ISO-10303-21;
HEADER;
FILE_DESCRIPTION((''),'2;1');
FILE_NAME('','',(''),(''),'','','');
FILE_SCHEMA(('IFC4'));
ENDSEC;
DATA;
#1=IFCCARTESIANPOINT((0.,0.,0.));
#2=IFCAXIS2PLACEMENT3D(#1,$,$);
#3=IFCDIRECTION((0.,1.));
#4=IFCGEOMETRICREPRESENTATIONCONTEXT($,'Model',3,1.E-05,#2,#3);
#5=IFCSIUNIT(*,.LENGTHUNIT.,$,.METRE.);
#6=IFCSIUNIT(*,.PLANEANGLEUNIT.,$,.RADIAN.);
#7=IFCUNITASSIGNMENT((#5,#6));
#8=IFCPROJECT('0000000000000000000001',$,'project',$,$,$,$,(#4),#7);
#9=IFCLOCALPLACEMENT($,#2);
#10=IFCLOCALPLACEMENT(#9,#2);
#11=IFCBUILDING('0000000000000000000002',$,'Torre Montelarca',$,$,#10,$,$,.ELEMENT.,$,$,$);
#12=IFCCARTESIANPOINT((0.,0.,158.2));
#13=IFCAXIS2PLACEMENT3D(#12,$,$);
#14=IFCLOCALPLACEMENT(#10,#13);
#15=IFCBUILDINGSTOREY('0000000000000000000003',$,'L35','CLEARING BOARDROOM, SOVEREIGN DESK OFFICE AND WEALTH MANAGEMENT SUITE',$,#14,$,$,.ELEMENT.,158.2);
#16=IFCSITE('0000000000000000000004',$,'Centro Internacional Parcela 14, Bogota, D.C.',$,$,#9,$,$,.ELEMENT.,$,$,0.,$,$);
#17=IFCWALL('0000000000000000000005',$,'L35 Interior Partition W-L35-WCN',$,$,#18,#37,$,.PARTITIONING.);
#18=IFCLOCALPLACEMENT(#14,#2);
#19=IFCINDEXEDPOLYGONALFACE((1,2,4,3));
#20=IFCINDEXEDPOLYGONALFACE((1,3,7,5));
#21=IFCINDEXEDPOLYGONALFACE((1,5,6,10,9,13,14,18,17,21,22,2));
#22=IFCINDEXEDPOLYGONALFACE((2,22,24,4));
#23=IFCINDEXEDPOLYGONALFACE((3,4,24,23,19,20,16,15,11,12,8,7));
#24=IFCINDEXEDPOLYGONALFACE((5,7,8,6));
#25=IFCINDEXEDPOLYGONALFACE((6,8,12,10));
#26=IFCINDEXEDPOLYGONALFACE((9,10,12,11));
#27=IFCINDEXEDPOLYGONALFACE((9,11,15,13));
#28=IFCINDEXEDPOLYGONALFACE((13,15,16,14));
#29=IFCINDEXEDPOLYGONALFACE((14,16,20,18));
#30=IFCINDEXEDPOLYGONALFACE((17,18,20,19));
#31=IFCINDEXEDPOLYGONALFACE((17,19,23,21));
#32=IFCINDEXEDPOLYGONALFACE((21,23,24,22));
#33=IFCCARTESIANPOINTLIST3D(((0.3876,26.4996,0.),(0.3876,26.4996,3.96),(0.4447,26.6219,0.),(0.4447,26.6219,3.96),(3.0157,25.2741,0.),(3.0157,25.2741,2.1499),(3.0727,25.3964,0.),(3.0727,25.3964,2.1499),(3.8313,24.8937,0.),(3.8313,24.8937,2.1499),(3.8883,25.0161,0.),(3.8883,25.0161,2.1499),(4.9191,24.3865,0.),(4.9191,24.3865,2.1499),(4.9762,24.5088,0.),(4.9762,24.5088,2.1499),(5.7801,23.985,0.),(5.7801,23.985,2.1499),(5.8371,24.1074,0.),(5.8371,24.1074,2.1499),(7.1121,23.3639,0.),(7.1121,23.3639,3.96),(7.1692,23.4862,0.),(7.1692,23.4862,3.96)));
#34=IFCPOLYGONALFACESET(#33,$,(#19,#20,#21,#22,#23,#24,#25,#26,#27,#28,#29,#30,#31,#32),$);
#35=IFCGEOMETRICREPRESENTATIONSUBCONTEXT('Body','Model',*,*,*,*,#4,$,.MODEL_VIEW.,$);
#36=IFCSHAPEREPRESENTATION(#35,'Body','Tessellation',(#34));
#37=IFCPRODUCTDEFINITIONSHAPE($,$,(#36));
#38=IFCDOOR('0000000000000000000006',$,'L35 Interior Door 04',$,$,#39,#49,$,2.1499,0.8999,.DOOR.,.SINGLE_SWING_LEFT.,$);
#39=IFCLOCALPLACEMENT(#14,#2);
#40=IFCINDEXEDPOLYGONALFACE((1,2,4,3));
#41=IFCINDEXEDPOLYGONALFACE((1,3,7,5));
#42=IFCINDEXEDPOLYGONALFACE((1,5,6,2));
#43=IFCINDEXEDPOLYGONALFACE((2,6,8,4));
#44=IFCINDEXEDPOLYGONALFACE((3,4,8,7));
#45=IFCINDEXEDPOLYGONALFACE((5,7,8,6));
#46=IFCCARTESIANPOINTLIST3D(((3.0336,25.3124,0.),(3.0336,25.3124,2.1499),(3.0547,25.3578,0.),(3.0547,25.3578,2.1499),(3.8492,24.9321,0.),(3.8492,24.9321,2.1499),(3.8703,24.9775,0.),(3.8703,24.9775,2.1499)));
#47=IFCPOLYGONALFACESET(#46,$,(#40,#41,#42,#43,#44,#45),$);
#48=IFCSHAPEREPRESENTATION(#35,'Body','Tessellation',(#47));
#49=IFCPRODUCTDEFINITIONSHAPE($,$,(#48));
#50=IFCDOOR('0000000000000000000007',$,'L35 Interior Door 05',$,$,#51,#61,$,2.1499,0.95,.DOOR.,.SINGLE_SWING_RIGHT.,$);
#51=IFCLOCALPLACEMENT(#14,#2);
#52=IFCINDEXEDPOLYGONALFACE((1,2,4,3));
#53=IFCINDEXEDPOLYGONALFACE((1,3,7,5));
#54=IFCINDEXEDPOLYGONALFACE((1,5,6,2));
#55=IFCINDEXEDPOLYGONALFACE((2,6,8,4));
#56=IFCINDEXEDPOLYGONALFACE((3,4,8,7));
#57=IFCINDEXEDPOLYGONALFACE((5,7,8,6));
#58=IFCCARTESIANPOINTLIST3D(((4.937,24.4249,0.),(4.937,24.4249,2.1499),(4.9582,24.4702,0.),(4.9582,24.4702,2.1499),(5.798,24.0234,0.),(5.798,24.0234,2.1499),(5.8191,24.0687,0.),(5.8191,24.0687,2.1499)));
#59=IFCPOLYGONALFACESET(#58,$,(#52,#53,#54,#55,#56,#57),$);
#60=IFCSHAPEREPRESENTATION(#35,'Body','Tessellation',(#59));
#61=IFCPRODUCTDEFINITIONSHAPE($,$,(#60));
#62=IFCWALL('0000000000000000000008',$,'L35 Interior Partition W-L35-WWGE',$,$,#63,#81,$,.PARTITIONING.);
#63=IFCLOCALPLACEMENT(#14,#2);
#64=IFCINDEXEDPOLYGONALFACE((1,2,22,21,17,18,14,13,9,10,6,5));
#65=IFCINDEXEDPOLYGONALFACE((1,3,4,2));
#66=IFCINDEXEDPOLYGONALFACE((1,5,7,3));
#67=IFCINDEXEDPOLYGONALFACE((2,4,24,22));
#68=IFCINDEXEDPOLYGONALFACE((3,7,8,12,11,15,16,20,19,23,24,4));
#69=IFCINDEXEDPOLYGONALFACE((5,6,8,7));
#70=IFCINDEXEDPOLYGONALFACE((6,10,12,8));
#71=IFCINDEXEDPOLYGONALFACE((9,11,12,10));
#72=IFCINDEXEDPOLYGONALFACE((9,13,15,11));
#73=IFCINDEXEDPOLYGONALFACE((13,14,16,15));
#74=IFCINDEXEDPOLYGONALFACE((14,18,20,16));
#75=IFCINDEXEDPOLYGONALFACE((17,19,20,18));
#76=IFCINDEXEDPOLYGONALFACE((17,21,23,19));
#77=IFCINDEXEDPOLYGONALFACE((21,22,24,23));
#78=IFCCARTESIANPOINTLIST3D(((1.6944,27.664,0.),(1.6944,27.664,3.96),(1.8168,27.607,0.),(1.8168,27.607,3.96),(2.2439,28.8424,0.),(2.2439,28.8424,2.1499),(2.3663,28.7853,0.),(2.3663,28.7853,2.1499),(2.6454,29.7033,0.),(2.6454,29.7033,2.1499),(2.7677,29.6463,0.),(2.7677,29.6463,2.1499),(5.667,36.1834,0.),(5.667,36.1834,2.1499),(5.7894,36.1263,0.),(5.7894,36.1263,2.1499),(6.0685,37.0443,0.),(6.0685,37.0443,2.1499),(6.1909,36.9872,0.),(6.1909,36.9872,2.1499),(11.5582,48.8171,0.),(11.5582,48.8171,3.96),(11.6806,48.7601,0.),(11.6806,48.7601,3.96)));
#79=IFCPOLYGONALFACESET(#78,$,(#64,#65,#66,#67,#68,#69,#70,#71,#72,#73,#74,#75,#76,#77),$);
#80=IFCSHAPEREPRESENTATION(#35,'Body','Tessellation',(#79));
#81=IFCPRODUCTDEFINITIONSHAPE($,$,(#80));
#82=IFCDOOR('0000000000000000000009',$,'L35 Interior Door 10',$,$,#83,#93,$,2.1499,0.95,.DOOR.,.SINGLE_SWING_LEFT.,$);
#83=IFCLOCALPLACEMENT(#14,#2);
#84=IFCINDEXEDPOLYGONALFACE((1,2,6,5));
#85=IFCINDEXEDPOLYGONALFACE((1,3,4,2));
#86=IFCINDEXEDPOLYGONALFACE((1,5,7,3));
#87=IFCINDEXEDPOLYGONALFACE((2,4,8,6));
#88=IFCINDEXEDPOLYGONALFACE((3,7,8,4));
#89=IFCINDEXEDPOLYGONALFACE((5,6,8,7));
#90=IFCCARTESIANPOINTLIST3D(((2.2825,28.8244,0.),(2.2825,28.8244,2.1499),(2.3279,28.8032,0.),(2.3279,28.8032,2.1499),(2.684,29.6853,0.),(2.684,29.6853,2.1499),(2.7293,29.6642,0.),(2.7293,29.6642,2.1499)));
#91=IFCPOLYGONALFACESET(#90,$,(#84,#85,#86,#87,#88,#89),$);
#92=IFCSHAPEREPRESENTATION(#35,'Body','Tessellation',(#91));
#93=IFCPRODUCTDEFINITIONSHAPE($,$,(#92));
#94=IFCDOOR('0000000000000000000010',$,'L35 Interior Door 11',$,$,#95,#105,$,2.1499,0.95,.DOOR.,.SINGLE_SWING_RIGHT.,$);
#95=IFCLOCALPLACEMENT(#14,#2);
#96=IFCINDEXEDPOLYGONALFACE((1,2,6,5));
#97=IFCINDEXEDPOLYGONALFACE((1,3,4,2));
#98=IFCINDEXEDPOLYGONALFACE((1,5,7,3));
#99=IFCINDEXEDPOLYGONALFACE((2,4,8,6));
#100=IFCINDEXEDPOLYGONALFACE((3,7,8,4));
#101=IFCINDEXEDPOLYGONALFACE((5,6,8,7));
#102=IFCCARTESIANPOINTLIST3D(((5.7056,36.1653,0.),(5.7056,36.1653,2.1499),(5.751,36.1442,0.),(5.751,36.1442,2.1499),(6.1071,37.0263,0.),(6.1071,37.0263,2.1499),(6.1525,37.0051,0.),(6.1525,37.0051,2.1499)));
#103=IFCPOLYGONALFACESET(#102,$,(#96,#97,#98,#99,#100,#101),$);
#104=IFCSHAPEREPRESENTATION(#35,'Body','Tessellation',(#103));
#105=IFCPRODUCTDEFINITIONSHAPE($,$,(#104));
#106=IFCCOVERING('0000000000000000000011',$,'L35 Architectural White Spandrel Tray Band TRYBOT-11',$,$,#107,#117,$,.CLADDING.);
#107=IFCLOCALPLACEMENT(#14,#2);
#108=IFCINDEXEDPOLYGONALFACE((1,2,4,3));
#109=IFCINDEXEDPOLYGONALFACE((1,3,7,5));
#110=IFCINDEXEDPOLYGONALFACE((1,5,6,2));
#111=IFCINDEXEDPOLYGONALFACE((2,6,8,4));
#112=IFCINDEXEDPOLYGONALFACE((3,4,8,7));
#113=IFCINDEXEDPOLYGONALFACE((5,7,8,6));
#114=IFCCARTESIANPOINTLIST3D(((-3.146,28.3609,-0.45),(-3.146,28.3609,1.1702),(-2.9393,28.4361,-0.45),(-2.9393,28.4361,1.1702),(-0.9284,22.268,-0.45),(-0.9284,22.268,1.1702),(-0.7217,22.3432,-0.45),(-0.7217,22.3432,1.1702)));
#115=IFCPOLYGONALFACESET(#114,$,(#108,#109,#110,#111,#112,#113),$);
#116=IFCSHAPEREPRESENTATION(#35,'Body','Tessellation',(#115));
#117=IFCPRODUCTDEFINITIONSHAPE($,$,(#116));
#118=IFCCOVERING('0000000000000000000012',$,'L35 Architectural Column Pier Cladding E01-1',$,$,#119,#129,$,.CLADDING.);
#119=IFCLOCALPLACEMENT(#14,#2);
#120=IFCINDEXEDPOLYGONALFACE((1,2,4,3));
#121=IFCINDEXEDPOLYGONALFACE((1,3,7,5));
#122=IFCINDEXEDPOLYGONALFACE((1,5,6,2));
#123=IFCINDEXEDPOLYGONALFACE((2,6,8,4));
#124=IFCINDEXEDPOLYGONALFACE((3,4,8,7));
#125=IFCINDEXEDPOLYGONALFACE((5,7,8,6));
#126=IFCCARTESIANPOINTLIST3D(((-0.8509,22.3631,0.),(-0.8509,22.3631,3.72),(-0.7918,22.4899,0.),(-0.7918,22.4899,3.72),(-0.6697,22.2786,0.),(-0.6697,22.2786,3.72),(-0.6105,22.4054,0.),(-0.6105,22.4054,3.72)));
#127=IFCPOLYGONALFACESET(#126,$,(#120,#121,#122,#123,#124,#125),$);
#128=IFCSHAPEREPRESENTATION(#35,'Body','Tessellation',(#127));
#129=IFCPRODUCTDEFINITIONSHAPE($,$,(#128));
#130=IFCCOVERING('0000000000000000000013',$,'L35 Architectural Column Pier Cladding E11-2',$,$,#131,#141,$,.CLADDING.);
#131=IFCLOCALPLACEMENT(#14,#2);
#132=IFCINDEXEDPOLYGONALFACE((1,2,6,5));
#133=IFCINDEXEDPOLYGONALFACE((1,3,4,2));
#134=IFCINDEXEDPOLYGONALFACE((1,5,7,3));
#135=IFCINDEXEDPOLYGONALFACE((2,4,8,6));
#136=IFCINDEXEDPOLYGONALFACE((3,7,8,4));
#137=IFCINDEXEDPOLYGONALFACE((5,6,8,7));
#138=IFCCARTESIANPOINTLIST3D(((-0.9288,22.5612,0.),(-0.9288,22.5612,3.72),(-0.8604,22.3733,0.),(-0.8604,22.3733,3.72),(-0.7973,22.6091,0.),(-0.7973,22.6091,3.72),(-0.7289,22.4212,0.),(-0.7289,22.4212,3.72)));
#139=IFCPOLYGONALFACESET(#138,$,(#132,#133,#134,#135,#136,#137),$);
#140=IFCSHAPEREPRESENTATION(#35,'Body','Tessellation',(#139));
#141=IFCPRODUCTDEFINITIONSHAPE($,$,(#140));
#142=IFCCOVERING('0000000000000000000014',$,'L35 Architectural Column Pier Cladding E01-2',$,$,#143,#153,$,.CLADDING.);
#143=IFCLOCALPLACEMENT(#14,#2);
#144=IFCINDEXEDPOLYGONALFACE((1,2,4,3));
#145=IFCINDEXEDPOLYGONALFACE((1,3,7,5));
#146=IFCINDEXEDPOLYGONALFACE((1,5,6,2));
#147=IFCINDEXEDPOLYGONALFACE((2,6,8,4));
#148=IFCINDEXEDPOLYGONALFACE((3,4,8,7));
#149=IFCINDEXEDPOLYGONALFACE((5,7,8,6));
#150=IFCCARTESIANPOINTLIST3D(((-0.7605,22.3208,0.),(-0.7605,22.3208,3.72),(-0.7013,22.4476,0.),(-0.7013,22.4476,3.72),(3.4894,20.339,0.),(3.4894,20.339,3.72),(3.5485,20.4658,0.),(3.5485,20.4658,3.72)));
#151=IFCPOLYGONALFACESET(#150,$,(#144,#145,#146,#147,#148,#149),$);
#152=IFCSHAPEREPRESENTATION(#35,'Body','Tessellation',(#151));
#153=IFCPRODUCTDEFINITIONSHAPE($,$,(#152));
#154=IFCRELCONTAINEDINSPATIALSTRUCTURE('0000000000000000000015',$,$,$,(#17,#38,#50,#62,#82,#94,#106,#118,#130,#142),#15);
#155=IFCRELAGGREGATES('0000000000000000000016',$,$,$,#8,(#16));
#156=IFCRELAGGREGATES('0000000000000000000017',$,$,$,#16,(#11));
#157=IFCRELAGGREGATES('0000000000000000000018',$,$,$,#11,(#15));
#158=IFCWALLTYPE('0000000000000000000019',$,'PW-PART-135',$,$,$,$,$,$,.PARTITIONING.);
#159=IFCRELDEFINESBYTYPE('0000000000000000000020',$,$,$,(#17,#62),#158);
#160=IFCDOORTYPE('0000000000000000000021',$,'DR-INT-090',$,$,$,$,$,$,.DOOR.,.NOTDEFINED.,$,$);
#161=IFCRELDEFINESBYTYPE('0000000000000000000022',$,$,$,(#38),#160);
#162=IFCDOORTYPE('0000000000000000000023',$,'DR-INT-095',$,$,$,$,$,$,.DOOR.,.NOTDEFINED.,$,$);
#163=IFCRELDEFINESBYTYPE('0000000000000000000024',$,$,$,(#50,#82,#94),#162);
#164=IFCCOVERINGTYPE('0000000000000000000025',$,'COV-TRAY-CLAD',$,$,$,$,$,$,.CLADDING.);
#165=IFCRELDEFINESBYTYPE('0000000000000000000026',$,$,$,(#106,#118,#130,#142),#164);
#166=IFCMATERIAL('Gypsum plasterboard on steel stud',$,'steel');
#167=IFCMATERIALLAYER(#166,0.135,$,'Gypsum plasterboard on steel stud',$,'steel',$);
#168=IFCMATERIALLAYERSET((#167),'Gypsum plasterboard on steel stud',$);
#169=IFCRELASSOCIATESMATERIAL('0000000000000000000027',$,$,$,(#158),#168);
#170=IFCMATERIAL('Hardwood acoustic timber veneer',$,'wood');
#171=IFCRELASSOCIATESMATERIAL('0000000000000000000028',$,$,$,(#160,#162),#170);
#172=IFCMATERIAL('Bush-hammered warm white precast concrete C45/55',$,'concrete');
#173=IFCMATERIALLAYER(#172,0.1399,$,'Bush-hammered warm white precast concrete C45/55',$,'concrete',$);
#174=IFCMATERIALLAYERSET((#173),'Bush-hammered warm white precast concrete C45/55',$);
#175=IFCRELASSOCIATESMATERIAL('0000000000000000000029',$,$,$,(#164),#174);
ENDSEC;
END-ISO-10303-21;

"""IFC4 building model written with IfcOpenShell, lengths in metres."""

from ifc_helpers import new_model, si_unit, direction, frame, frame_2d, origin, origin_2d, place, context, subcontext, project, spatial, rectangle, extrude, source, transform, mapped, material, layer, layer_set, type_object, element, fill, save


model = new_model("IFC4")

# Units and contexts
model_context = context("Model", 3, precision=1e-05, world=origin(), true_north=direction((0.0, 1.0)))
body_context = subcontext(model_context, "Body", "Model", "MODEL_VIEW")
ifc_project = project(units=[si_unit("LENGTHUNIT", "METRE"), si_unit("PLANEANGLEUNIT", "RADIAN")], contexts=[model_context])

# Site, building, storey
site_placement = place(None, origin())
site = spatial("IfcSite", under=ifc_project, at=site_placement, Name="Centro Internacional Parcela 14, Bogota, D.C.", CompositionType="ELEMENT", RefElevation=0.0)
building_placement = place(site_placement, origin())
building = spatial("IfcBuilding", under=site, at=building_placement, Name="Torre Montelarca", CompositionType="ELEMENT")
storey_placement = place(building_placement, frame((0.0, 0.0, 158.2)))
storey = spatial("IfcBuildingStorey", under=building, at=storey_placement, Name="L35", Description="CLEARING BOARDROOM, SOVEREIGN DESK OFFICE AND WEALTH MANAGEMENT SUITE", CompositionType="ELEMENT", Elevation=158.2)

# Shared definitions
ifc_material_1 = material(Name="Gypsum plasterboard on steel stud", Category="steel")

# Walls, openings, doors
ifc_layer_1 = layer(ifc_material_1, 0.135, Name="Gypsum plasterboard on steel stud", Category="steel")
ifc_layer_set_1 = layer_set([ifc_layer_1], Name="Gypsum plasterboard on steel stud")
wall_type_1 = type_object("IfcWallType", Name="PW-PART-135", PredefinedType="PARTITIONING", material=ifc_layer_set_1)
wall_1_placement = place(storey_placement, frame((0.416, 26.5608, 0.0), z_axis=(0.0, 0.0, 1.0), x_axis=(0.906308, -0.422619, 0.0)))
wall_1 = element("IfcWall", 1, at=wall_1_placement, inside=storey, type_object=wall_type_1, Name="L35 Interior Partition W-L35-WCN", PredefinedType="PARTITIONING", context=body_context, shape_type="SweptSolid", body=[
    extrude(rectangle(XDim=7.4197, YDim=0.135, at=frame_2d((3.71, 0.0))), origin(), (0.0, 0.0, 1.0), 3.96),
])
opening_1_placement = place(wall_1_placement, frame((2.8999, 0.0, 0.0)))
opening_1 = element("IfcOpeningElement", 2, at=opening_1_placement, cuts=wall_1, PredefinedType="OPENING", context=body_context, shape_type="SweptSolid", body=[
    extrude(rectangle(XDim=0.8999, YDim=2.1499, at=frame_2d((0.45, 1.075))), frame((0.0, 0.0776, 0.0), z_axis=(0.0, -1.0, 0.0), x_axis=(1.0, 0.0, 0.0)), (0.0, 0.0, 1.0), 0.155),
])
opening_2_placement = place(wall_1_placement, frame((5.0, 0.0, 0.0)))
opening_2 = element("IfcOpeningElement", 3, at=opening_2_placement, cuts=wall_1, PredefinedType="OPENING", context=body_context, shape_type="SweptSolid", body=[
    extrude(rectangle(XDim=0.95, YDim=2.1499, at=frame_2d((0.4751, 1.075))), frame((0.0, 0.0776, 0.0), z_axis=(0.0, -1.0, 0.0), x_axis=(1.0, 0.0, 0.0)), (0.0, 0.0, 1.0), 0.155),
])
ifc_material_2 = material(Name="Hardwood acoustic timber veneer", Category="wood")
door_type_1 = type_object("IfcDoorType", Name="DR-INT-090", OperationType="NOTDEFINED", PredefinedType="DOOR", material=ifc_material_2)
shared_shape_1 = source(origin(), body_context, "Body", "SweptSolid", [
    extrude(rectangle(XDim=0.8999, YDim=2.1499, at=frame_2d((0.45, 1.075))), frame((0.0, 0.0249, 0.0), z_axis=(0.0, -1.0, 0.0), x_axis=(1.0, 0.0, 0.0)), (0.0, 0.0, 1.0), 0.05),
])
door_1_placement = place(opening_1_placement, origin())
door_1 = element("IfcDoor", 4, at=door_1_placement, inside=storey, type_object=door_type_1, Name="L35 Interior Door 04", OperationType="SINGLE_SWING_LEFT", OverallHeight=2.1499, OverallWidth=0.8999, PredefinedType="DOOR", context=body_context, shape_type="MappedRepresentation", body=[
    mapped(shared_shape_1, transform((0.0, 0.0, 0.0), scale=1.0)),
])
fill(opening_1, door_1)
door_type_2 = type_object("IfcDoorType", Name="DR-INT-095", OperationType="NOTDEFINED", PredefinedType="DOOR", material=ifc_material_2)
shared_shape_2 = source(origin(), body_context, "Body", "SweptSolid", [
    extrude(rectangle(XDim=0.95, YDim=2.1499, at=frame_2d((0.4751, 1.075))), frame((0.0, 0.0249, 0.0), z_axis=(0.0, -1.0, 0.0), x_axis=(1.0, 0.0, 0.0)), (0.0, 0.0, 1.0), 0.05),
])
door_2_placement = place(opening_2_placement, origin())
door_2 = element("IfcDoor", 5, at=door_2_placement, inside=storey, type_object=door_type_2, Name="L35 Interior Door 05", OperationType="SINGLE_SWING_RIGHT", OverallHeight=2.1499, OverallWidth=0.95, PredefinedType="DOOR", context=body_context, shape_type="MappedRepresentation", body=[
    mapped(shared_shape_2, transform((0.0, 0.0, 0.0), scale=1.0)),
])
fill(opening_2, door_2)
wall_2_placement = place(storey_placement, frame((1.7556, 27.6355, 0.0), z_axis=(0.0, 0.0, 1.0), x_axis=(0.422616, 0.906309, 0.0)))
wall_2 = element("IfcWall", 6, at=wall_2_placement, inside=storey, type_object=wall_type_1, Name="L35 Interior Partition W-L35-WWGE", PredefinedType="PARTITIONING", context=body_context, shape_type="SweptSolid", body=[
    extrude(rectangle(XDim=23.3398, YDim=0.135, at=frame_2d((11.6699, 0.0))), origin(), (0.0, 0.0, 1.0), 3.96),
])
opening_3_placement = place(wall_2_placement, frame((1.3, 0.0, 0.0)))
opening_3 = element("IfcOpeningElement", 7, at=opening_3_placement, cuts=wall_2, PredefinedType="OPENING", context=body_context, shape_type="SweptSolid", body=[
    extrude(rectangle(XDim=0.95, YDim=2.1499, at=frame_2d((0.4751, 1.075))), frame((0.0, 0.0776, 0.0), z_axis=(0.0, -1.0, 0.0), x_axis=(1.0, 0.0, 0.0)), (0.0, 0.0, 1.0), 0.155),
])
opening_4_placement = place(wall_2_placement, frame((9.3999, 0.0, 0.0)))
opening_4 = element("IfcOpeningElement", 8, at=opening_4_placement, cuts=wall_2, PredefinedType="OPENING", context=body_context, shape_type="SweptSolid", body=[
    extrude(rectangle(XDim=0.95, YDim=2.1499, at=frame_2d((0.4751, 1.075))), frame((0.0, 0.0776, 0.0), z_axis=(0.0, -1.0, 0.0), x_axis=(1.0, 0.0, 0.0)), (0.0, 0.0, 1.0), 0.155),
])
door_3_placement = place(opening_3_placement, origin())
door_3 = element("IfcDoor", 9, at=door_3_placement, inside=storey, type_object=door_type_2, Name="L35 Interior Door 10", OperationType="SINGLE_SWING_LEFT", OverallHeight=2.1499, OverallWidth=0.95, PredefinedType="DOOR", context=body_context, shape_type="MappedRepresentation", body=[
    mapped(shared_shape_2, transform((0.0, 0.0, 0.0), scale=1.0)),
])
fill(opening_3, door_3)
door_4_placement = place(opening_4_placement, origin())
door_4 = element("IfcDoor", 10, at=door_4_placement, inside=storey, type_object=door_type_2, Name="L35 Interior Door 11", OperationType="SINGLE_SWING_RIGHT", OverallHeight=2.1499, OverallWidth=0.95, PredefinedType="DOOR", context=body_context, shape_type="MappedRepresentation", body=[
    mapped(shared_shape_2, transform((0.0, 0.0, 0.0), scale=1.0)),
])
fill(opening_4, door_4)

# Coverings
ifc_material_3 = material(Name="Bush-hammered warm white precast concrete C45/55", Category="concrete")
ifc_layer_2 = layer(ifc_material_3, 0.1399, Name="Bush-hammered warm white precast concrete C45/55", Category="concrete")
ifc_layer_set_2 = layer_set([ifc_layer_2], Name="Bush-hammered warm white precast concrete C45/55")
covering_type = type_object("IfcCoveringType", Name="COV-TRAY-CLAD", PredefinedType="CLADDING", material=ifc_layer_set_2)
shared_shape_3 = source(origin(), body_context, "Body", "SweptSolid", [
    extrude(rectangle(XDim=6.4839, YDim=0.22, at=origin_2d()), origin(), (0.0, 0.0, 1.0), 1.6201),
])
covering_1_placement = place(storey_placement, frame((-1.9338, 25.3521, -0.45), z_axis=(0.0, 0.0, 1.0), x_axis=(0.342019, -0.939693, 0.0)))
element("IfcCovering", 11, at=covering_1_placement, inside=storey, type_object=covering_type, Name="L35 Architectural White Spandrel Tray Band TRYBOT-11", PredefinedType="CLADDING", context=body_context, shape_type="MappedRepresentation", body=[
    mapped(shared_shape_3, transform((0.0, 0.0, 0.0), scale=1.0)),
])
shared_shape_4 = source(origin(), body_context, "Body", "SweptSolid", [
    extrude(rectangle(XDim=0.2, YDim=0.1399, at=origin_2d()), origin(), (0.0, 0.0, 1.0), 3.72),
])
for number, where, z_axis, x_axis, name in (
    (12, (-0.7307, 22.3843, 0.0), (0.0, 0.0, 1.0), (0.906309, -0.422617, 0.0), "L35 Architectural Column Pier Cladding E01-1"),
    (13, (-0.8289, 22.4912, 0.0), (0.0, 0.0, 1.0), (0.342012, -0.939696, 0.0), "L35 Architectural Column Pier Cladding E11-2"),
):
    element("IfcCovering", number, at=place(storey_placement, frame(where, z_axis=z_axis, x_axis=x_axis)), inside=storey, type_object=covering_type, Name=name, PredefinedType="CLADDING", context=body_context, shape_type="MappedRepresentation", body=[
        mapped(shared_shape_4, transform((0.0, 0.0, 0.0), scale=1.0)),
    ])
shared_shape_5 = source(origin(), body_context, "Body", "SweptSolid", [
    extrude(rectangle(XDim=4.6892, YDim=0.1399, at=origin_2d()), origin(), (0.0, 0.0, 1.0), 3.72),
])
covering_2_placement = place(storey_placement, frame((1.394, 21.3933, 0.0), z_axis=(0.0, 0.0, 1.0), x_axis=(0.906309, -0.422617, 0.0)))
element("IfcCovering", 14, at=covering_2_placement, inside=storey, type_object=covering_type, Name="L35 Architectural Column Pier Cladding E01-2", PredefinedType="CLADDING", context=body_context, shape_type="MappedRepresentation", body=[
    mapped(shared_shape_5, transform((0.0, 0.0, 0.0), scale=1.0)),
])

save(model, "model.ifc")
